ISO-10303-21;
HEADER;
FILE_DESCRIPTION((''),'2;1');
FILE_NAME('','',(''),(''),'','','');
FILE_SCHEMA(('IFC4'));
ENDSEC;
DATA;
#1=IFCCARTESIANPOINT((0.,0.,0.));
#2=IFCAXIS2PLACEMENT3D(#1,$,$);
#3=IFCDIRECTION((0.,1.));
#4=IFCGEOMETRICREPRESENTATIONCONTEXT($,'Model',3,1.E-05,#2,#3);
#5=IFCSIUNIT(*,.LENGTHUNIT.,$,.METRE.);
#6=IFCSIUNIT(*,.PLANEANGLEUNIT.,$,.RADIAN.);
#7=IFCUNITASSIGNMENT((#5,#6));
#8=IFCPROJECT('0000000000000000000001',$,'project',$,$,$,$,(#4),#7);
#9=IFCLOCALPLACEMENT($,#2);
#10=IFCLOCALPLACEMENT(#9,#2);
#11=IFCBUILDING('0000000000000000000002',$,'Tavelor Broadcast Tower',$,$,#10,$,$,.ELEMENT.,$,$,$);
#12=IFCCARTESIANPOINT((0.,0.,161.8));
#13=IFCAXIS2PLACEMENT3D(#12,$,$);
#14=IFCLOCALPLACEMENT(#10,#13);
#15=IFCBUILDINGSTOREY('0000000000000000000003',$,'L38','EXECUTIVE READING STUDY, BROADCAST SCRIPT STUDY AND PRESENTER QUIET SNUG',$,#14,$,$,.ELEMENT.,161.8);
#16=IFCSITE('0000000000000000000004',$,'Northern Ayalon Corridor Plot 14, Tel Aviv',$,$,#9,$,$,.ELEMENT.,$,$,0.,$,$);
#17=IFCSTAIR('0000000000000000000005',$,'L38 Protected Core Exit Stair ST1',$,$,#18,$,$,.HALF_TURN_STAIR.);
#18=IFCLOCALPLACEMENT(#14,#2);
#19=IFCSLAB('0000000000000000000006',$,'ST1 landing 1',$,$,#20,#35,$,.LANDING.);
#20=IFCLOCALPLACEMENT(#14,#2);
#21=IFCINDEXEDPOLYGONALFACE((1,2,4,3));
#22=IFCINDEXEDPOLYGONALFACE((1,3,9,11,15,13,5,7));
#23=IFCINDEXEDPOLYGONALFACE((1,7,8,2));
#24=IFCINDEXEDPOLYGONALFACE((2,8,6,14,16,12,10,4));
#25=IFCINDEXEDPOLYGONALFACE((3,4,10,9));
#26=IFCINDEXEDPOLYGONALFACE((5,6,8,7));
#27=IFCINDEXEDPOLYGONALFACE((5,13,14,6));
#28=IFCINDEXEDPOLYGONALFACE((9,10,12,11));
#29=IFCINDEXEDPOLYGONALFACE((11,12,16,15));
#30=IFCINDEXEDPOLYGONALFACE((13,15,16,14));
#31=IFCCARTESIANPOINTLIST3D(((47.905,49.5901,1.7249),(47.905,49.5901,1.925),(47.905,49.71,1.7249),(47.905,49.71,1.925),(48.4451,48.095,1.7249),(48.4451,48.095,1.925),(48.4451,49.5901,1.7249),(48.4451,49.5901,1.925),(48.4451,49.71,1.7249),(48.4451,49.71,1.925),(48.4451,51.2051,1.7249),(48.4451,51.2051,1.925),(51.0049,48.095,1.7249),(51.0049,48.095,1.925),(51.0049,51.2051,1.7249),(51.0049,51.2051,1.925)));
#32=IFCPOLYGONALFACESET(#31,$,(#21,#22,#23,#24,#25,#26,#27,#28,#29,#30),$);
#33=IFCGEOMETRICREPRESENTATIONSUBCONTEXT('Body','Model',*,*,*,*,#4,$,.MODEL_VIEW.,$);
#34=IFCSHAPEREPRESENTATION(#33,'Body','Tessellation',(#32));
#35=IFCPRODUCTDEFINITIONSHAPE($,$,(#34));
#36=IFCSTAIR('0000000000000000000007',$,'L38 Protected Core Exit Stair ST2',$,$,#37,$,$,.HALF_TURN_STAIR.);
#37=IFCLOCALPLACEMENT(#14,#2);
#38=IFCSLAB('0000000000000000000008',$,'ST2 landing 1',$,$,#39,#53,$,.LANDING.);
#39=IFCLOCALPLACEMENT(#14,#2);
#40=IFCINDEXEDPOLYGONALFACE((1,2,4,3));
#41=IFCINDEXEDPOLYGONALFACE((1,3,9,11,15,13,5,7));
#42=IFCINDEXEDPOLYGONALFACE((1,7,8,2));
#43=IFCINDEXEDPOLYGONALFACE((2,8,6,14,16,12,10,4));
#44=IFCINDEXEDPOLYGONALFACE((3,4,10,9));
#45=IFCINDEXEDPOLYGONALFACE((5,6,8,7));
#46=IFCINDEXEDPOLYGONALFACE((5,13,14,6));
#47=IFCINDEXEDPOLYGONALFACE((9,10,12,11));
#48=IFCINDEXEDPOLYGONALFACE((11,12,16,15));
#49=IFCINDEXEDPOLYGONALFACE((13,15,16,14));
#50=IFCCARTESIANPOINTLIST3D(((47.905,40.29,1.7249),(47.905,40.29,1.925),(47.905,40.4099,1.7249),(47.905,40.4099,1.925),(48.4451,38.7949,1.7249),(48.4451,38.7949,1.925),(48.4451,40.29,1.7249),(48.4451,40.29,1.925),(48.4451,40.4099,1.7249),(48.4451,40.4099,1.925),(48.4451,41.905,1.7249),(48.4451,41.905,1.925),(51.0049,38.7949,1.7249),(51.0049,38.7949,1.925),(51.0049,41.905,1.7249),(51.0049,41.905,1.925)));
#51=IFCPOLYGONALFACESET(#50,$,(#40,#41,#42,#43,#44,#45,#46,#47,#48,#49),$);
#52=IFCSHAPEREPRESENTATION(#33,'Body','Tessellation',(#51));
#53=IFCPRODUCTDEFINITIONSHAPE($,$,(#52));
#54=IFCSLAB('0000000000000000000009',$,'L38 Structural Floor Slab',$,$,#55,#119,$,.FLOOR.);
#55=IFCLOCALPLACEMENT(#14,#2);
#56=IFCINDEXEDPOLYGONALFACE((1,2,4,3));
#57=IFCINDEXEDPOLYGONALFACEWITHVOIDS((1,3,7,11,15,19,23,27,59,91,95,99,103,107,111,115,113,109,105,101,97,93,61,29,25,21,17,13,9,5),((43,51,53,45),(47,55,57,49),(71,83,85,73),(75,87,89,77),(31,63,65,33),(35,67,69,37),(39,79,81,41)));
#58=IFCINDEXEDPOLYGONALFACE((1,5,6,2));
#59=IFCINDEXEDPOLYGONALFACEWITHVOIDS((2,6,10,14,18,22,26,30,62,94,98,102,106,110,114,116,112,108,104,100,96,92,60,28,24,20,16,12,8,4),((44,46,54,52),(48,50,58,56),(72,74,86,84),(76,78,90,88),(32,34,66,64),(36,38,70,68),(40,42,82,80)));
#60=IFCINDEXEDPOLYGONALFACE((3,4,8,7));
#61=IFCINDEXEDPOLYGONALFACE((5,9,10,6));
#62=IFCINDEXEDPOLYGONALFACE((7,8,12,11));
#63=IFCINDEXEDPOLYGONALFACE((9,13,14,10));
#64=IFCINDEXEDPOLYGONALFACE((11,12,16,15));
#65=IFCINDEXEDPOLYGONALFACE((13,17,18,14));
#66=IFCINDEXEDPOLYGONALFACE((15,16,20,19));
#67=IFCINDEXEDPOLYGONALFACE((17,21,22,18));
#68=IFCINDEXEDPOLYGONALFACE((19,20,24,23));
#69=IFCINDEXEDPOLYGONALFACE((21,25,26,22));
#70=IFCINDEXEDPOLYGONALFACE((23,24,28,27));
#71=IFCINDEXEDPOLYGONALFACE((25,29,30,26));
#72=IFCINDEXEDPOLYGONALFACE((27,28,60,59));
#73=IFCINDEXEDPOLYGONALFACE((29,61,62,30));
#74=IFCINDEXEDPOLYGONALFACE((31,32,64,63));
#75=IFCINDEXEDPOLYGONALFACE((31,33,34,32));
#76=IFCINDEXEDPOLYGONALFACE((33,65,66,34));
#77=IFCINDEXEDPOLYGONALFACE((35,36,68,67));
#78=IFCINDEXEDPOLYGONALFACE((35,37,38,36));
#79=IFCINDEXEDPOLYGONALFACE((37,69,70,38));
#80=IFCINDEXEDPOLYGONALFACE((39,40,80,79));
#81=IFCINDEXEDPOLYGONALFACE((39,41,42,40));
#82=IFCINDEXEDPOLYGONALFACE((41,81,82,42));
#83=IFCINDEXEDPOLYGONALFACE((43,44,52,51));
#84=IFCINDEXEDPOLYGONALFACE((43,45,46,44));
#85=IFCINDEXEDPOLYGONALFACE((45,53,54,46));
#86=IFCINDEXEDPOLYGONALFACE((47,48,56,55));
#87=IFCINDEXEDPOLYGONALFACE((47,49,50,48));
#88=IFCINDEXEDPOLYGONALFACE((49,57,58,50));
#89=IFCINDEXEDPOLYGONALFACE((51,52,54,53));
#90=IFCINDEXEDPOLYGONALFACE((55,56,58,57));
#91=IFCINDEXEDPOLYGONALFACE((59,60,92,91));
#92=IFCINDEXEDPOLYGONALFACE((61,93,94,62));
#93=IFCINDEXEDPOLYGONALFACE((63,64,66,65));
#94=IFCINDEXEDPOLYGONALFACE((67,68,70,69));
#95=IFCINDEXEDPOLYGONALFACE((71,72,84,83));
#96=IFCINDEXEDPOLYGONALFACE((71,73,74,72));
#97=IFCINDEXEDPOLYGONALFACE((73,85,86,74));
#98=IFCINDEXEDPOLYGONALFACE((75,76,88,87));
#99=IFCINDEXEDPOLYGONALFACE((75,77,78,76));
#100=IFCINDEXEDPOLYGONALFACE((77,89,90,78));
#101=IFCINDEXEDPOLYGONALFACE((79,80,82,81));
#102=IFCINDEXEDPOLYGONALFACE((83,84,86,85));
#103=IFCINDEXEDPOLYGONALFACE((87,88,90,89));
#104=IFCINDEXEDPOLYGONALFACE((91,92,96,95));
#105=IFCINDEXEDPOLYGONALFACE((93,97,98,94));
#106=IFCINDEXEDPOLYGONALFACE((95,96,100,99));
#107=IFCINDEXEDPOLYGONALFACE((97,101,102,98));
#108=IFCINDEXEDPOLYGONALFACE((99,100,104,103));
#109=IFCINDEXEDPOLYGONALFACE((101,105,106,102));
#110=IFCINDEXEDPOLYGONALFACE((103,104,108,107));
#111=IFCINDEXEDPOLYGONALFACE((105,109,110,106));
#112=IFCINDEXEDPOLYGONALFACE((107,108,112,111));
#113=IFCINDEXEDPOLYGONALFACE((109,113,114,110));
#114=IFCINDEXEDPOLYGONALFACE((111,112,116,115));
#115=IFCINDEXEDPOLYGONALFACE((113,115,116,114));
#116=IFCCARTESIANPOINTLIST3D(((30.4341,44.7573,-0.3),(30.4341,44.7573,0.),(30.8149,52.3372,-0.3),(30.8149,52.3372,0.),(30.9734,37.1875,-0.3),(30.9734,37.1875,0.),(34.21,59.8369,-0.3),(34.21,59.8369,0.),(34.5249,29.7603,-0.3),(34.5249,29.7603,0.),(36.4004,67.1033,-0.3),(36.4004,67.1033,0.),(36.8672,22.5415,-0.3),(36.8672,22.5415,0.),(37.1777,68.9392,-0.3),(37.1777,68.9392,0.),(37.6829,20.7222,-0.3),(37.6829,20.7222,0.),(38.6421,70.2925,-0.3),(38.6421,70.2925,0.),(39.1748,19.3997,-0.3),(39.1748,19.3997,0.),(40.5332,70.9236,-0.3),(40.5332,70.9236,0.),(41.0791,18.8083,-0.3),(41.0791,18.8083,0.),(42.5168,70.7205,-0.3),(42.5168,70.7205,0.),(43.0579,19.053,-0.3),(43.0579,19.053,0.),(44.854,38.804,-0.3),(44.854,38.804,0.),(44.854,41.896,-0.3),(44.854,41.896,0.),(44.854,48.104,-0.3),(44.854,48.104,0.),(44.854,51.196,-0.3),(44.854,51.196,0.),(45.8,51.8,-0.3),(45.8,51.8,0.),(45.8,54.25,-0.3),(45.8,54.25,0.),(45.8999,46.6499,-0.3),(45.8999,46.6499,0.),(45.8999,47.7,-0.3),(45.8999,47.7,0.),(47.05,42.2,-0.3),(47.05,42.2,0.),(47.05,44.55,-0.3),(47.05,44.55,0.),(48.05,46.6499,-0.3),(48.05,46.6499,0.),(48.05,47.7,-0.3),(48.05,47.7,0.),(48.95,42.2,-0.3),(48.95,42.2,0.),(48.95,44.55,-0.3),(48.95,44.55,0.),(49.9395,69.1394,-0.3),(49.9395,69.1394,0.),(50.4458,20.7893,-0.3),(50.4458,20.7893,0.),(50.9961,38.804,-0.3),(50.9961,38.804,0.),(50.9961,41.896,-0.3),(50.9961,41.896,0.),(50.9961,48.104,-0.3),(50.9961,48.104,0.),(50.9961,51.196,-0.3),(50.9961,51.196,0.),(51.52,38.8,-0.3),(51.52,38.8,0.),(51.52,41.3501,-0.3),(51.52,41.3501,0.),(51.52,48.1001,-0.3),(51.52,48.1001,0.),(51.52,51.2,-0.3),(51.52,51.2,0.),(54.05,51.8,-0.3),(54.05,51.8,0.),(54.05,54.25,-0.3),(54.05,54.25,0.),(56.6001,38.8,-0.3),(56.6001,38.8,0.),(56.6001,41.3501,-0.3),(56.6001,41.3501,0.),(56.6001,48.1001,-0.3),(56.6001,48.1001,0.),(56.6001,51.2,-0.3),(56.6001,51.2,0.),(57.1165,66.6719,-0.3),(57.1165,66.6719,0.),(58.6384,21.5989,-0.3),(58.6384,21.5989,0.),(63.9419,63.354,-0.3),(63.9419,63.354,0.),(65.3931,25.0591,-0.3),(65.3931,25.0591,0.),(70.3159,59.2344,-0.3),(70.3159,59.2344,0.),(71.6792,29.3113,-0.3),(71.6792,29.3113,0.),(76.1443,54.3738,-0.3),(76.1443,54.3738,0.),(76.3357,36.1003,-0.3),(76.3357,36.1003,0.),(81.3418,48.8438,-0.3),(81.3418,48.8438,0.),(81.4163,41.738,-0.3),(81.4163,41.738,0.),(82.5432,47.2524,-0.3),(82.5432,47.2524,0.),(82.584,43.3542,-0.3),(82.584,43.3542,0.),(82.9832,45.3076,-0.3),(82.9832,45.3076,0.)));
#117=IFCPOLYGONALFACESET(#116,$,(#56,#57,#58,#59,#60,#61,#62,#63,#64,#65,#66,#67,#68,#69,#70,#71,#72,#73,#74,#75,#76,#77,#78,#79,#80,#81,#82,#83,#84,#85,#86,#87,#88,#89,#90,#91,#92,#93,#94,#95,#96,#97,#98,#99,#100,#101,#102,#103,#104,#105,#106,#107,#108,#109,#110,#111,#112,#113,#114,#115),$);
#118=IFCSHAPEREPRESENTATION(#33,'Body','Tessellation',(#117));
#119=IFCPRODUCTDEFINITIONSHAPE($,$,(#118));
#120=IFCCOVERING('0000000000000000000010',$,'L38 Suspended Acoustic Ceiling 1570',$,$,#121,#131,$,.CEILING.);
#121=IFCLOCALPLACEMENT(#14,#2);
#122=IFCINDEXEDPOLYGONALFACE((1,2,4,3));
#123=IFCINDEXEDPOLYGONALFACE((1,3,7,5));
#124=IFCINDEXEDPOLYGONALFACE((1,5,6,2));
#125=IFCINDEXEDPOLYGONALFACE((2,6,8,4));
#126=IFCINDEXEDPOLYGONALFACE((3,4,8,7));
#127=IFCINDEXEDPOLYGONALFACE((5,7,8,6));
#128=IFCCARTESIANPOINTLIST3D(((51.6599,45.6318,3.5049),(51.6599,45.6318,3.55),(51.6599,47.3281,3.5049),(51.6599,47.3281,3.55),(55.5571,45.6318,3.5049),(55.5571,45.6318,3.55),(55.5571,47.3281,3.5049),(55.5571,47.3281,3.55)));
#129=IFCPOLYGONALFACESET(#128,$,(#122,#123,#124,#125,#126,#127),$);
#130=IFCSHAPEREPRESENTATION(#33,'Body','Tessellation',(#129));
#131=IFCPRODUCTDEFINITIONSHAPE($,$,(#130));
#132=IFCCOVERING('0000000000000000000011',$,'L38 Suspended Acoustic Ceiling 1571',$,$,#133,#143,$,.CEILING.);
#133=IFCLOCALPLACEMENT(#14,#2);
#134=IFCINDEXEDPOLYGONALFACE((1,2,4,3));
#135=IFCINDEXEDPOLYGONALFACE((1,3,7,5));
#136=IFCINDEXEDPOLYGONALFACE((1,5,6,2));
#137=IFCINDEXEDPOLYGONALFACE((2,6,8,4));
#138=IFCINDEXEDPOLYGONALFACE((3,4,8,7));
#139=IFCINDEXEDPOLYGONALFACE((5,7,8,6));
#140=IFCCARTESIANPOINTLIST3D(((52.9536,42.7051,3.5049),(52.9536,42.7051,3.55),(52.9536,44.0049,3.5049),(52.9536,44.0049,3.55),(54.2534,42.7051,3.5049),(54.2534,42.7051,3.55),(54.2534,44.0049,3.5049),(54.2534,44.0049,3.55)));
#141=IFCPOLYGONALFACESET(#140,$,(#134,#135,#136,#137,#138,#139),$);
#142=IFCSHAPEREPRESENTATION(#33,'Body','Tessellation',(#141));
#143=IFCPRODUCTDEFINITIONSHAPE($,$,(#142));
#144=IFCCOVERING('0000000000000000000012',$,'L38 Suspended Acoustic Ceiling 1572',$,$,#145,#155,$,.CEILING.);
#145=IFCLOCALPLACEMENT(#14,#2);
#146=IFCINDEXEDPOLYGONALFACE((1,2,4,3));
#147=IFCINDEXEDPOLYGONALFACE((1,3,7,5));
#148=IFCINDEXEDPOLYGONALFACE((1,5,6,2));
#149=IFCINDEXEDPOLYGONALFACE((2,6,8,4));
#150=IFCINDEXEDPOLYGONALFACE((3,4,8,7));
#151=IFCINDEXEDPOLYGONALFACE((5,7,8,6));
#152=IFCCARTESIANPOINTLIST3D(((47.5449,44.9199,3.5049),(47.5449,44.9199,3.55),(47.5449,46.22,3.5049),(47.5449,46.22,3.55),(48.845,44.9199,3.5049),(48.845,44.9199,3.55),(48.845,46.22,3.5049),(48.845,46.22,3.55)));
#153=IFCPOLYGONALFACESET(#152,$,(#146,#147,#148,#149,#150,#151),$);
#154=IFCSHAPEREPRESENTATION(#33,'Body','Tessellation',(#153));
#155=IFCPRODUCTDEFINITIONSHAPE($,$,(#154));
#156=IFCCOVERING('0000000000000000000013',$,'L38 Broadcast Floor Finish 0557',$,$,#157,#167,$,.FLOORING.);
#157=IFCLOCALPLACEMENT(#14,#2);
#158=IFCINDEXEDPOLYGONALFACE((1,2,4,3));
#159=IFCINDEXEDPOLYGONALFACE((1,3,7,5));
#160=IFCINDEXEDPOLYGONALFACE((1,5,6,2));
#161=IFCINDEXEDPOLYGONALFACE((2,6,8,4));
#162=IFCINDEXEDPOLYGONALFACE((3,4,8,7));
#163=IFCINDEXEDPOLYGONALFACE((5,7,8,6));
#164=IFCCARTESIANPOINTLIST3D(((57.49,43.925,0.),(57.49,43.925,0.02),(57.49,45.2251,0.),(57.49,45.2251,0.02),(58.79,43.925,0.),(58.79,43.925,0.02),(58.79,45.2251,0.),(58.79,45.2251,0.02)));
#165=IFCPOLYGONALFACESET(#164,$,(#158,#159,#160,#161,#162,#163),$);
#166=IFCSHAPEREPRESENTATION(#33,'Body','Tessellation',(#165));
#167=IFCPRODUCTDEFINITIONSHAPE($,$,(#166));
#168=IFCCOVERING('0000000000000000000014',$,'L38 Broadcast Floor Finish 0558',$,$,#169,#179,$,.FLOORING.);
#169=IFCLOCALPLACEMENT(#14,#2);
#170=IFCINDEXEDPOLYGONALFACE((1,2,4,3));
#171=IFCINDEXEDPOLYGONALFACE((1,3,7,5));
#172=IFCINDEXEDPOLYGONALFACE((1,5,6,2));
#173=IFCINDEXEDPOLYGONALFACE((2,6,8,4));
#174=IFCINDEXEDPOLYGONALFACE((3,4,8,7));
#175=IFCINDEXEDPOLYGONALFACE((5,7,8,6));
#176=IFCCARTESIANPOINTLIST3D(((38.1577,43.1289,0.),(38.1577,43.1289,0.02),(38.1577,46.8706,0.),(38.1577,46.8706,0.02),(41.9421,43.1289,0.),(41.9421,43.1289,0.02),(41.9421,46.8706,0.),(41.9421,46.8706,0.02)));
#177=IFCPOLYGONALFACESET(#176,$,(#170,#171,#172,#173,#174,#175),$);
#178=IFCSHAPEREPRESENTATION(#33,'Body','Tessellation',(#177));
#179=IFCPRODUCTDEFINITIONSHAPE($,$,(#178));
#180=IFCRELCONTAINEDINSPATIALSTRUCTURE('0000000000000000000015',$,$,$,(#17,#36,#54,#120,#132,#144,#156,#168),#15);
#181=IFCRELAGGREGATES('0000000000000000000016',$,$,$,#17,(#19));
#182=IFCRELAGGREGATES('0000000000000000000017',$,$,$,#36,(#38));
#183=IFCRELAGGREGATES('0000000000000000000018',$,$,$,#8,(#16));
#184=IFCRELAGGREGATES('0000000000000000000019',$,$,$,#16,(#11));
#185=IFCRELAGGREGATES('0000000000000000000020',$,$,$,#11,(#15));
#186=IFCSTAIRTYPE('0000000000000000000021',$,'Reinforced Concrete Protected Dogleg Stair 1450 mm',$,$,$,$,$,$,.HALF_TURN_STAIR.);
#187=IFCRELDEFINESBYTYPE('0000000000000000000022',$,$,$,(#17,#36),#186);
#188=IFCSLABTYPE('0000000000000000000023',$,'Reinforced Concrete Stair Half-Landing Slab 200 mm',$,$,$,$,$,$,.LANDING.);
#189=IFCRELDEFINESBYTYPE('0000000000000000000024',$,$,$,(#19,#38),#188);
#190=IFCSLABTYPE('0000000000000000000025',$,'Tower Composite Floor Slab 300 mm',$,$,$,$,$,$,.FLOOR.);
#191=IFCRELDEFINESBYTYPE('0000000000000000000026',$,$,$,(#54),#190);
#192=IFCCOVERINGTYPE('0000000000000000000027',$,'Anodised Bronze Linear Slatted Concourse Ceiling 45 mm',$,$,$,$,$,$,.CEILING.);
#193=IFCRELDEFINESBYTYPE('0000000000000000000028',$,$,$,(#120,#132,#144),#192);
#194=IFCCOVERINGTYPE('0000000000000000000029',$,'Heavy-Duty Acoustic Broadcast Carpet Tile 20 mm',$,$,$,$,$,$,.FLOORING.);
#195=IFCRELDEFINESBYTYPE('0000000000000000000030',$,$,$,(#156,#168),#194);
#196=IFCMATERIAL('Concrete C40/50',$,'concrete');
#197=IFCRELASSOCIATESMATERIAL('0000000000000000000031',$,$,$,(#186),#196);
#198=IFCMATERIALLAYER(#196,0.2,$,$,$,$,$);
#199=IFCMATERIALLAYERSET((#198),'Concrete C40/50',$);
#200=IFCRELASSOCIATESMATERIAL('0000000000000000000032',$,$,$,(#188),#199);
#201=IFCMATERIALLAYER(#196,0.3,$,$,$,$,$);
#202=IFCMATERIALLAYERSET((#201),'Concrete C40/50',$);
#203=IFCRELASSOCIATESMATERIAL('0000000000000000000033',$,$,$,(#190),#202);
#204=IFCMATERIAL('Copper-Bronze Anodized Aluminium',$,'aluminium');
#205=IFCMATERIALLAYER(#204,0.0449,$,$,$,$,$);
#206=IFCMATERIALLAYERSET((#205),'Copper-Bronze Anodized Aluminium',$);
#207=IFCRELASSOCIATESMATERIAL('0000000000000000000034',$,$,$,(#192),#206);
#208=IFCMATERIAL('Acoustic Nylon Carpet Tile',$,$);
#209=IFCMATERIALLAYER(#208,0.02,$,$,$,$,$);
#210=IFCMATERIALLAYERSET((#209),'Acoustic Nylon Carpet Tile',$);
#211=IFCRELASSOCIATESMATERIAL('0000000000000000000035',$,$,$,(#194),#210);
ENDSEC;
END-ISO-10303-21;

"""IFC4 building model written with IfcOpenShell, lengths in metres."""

from ifc_helpers import new_model, si_unit, direction, frame, origin, place, context, subcontext, project, spatial, polyline, outline, extrude, material, layer, layer_set, type_object, element, aggregate, save


model = new_model("IFC4")

# Units and contexts
model_context = context("Model", 3, precision=1e-05, world=origin(), true_north=direction((0.0, 1.0)))
body_context = subcontext(model_context, "Body", "Model", "MODEL_VIEW")
ifc_project = project(units=[si_unit("LENGTHUNIT", "METRE"), si_unit("PLANEANGLEUNIT", "RADIAN")], contexts=[model_context])

# Site, building, storey
site_placement = place(None, origin())
site = spatial("IfcSite", under=ifc_project, at=site_placement, Name="Northern Ayalon Corridor Plot 14, Tel Aviv", CompositionType="ELEMENT", RefElevation=0.0)
building_placement = place(site_placement, origin())
building = spatial("IfcBuilding", under=site, at=building_placement, Name="Tavelor Broadcast Tower", CompositionType="ELEMENT")
storey_placement = place(building_placement, frame((0.0, 0.0, 161.8)))
storey = spatial("IfcBuildingStorey", under=building, at=storey_placement, Name="L38", Description="EXECUTIVE READING STUDY, BROADCAST SCRIPT STUDY AND PRESENTER QUIET SNUG", CompositionType="ELEMENT", Elevation=161.8)

# Stairs, slabs
ifc_material_1 = material(Name="Concrete C40/50", Category="concrete")
stair_type = type_object("IfcStairType", Name="Reinforced Concrete Protected Dogleg Stair 1450 mm", PredefinedType="HALF_TURN_STAIR", material=ifc_material_1)
stair_1_placement = place(storey_placement, origin())
stair_1 = element("IfcStair", 1, at=stair_1_placement, inside=storey, type_object=stair_type, Name="L38 Protected Core Exit Stair ST1", PredefinedType="HALF_TURN_STAIR")
ifc_layer_1 = layer(ifc_material_1, 0.2)
ifc_layer_set_1 = layer_set([ifc_layer_1], Name="Concrete C40/50")
slab_type_1 = type_object("IfcSlabType", Name="Reinforced Concrete Stair Half-Landing Slab 200 mm", PredefinedType="LANDING", material=ifc_layer_set_1)
slab_1_placement = place(storey_placement, frame((0.0, 0.0, 1.7249)))
slab_1 = element("IfcSlab", 2, at=slab_1_placement, type_object=slab_type_1, Name="ST1 landing 1", PredefinedType="LANDING", context=body_context, shape_type="SweptSolid", body=[
    extrude(outline(polyline([(48.4451, 49.5901), (48.4451, 48.095), (51.0049, 48.095), (51.0049, 51.2051), (48.4451, 51.2051), (48.4451, 49.71), (47.905, 49.71), (47.905, 49.5901), (48.4451, 49.5901)])), origin(), (0.0, 0.0, 1.0), 0.2002),
])
aggregate(stair_1, [slab_1])
stair_2_placement = place(storey_placement, origin())
stair_2 = element("IfcStair", 3, at=stair_2_placement, inside=storey, type_object=stair_type, Name="L38 Protected Core Exit Stair ST2", PredefinedType="HALF_TURN_STAIR")
slab_2_placement = place(storey_placement, frame((0.0, 0.0, 1.7249)))
slab_2 = element("IfcSlab", 4, at=slab_2_placement, type_object=slab_type_1, Name="ST2 landing 1", PredefinedType="LANDING", context=body_context, shape_type="SweptSolid", body=[
    extrude(outline(polyline([(48.4451, 40.29), (48.4451, 38.7949), (51.0049, 38.7949), (51.0049, 41.905), (48.4451, 41.905), (48.4451, 40.4099), (47.905, 40.4099), (47.905, 40.29), (48.4451, 40.29)])), origin(), (0.0, 0.0, 1.0), 0.2002),
])
aggregate(stair_2, [slab_2])

# Slab
ifc_layer_2 = layer(ifc_material_1, 0.3)
ifc_layer_set_2 = layer_set([ifc_layer_2], Name="Concrete C40/50")
slab_type_2 = type_object("IfcSlabType", Name="Tower Composite Floor Slab 300 mm", PredefinedType="FLOOR", material=ifc_layer_set_2)
slab_3_placement = place(storey_placement, frame((0.0, 0.0, -0.3)))
element("IfcSlab", 5, at=slab_3_placement, inside=storey, type_object=slab_type_2, Name="L38 Structural Floor Slab", PredefinedType="FLOOR", context=body_context, shape_type="SweptSolid", body=[
    extrude(outline(polyline([(42.5168, 70.7205), (40.5332, 70.9236), (38.6421, 70.2925), (37.1777, 68.9392), (36.4004, 67.1033), (34.21, 59.8369), (30.8149, 52.3372), (30.4341, 44.7573), (30.9734, 37.1875), (34.5249, 29.7603), (36.8672, 22.5415), (37.6829, 20.7222), (39.1748, 19.3997), (41.0791, 18.8083), (43.0579, 19.053), (50.4458, 20.7893), (58.6384, 21.5989), (65.3931, 25.0591), (71.6792, 29.3113), (76.3357, 36.1003), (81.4163, 41.738), (82.584, 43.3542), (82.9832, 45.3076), (82.5432, 47.2524), (81.3418, 48.8438), (76.1443, 54.3738), (70.3159, 59.2344), (63.9419, 63.354), (57.1165, 66.6719), (49.9395, 69.1394), (42.5168, 70.7205)]), holes=[polyline([(56.6001, 41.3501), (56.6001, 38.8), (51.52, 38.8), (51.52, 41.3501), (56.6001, 41.3501)]), polyline([(50.9961, 38.804), (44.854, 38.804), (44.854, 41.896), (50.9961, 41.896), (50.9961, 38.804)]), polyline([(47.05, 42.2), (47.05, 44.55), (48.95, 44.55), (48.95, 42.2), (47.05, 42.2)]), polyline([(48.05, 46.6499), (45.8999, 46.6499), (45.8999, 47.7), (48.05, 47.7), (48.05, 46.6499)]), polyline([(50.9961, 48.104), (44.854, 48.104), (44.854, 51.196), (50.9961, 51.196), (50.9961, 48.104)]), polyline([(56.6001, 48.1001), (51.52, 48.1001), (51.52, 51.2), (56.6001, 51.2), (56.6001, 48.1001)]), polyline([(54.05, 51.8), (45.8, 51.8), (45.8, 54.25), (54.05, 54.25), (54.05, 51.8)])]), origin(), (0.0, 0.0, 1.0), 0.3),
])

# Coverings
ifc_material_2 = material(Name="Copper-Bronze Anodized Aluminium", Category="aluminium")
ifc_layer_3 = layer(ifc_material_2, 0.0449)
ifc_layer_set_3 = layer_set([ifc_layer_3], Name="Copper-Bronze Anodized Aluminium")
covering_type_1 = type_object("IfcCoveringType", Name="Anodised Bronze Linear Slatted Concourse Ceiling 45 mm", PredefinedType="CEILING", material=ifc_layer_set_3)
covering_1_placement = place(storey_placement, frame((0.0, 0.0, 3.5049)))
element("IfcCovering", 6, at=covering_1_placement, inside=storey, type_object=covering_type_1, Name="L38 Suspended Acoustic Ceiling 1570", PredefinedType="CEILING", context=body_context, shape_type="SweptSolid", body=[
    extrude(outline(polyline([(51.6599, 45.6318), (55.5571, 45.6318), (55.5571, 47.3281), (51.6599, 47.3281), (51.6599, 45.6318)])), origin(), (0.0, 0.0, 1.0), 0.0452),
])
covering_2_placement = place(storey_placement, frame((0.0, 0.0, 3.5049)))
element("IfcCovering", 7, at=covering_2_placement, inside=storey, type_object=covering_type_1, Name="L38 Suspended Acoustic Ceiling 1571", PredefinedType="CEILING", context=body_context, shape_type="SweptSolid", body=[
    extrude(outline(polyline([(52.9536, 42.7051), (54.2534, 42.7051), (54.2534, 44.0049), (52.9536, 44.0049), (52.9536, 42.7051)])), origin(), (0.0, 0.0, 1.0), 0.0452),
])
covering_3_placement = place(storey_placement, frame((0.0, 0.0, 3.5049)))
element("IfcCovering", 8, at=covering_3_placement, inside=storey, type_object=covering_type_1, Name="L38 Suspended Acoustic Ceiling 1572", PredefinedType="CEILING", context=body_context, shape_type="SweptSolid", body=[
    extrude(outline(polyline([(47.5449, 44.9199), (48.845, 44.9199), (48.845, 46.22), (47.5449, 46.22), (47.5449, 44.9199)])), origin(), (0.0, 0.0, 1.0), 0.0452),
])
ifc_material_3 = material(Name="Acoustic Nylon Carpet Tile")
ifc_layer_4 = layer(ifc_material_3, 0.02)
ifc_layer_set_4 = layer_set([ifc_layer_4], Name="Acoustic Nylon Carpet Tile")
covering_type_2 = type_object("IfcCoveringType", Name="Heavy-Duty Acoustic Broadcast Carpet Tile 20 mm", PredefinedType="FLOORING", material=ifc_layer_set_4)
covering_4_placement = place(storey_placement, origin())
element("IfcCovering", 9, at=covering_4_placement, inside=storey, type_object=covering_type_2, Name="L38 Broadcast Floor Finish 0557", PredefinedType="FLOORING", context=body_context, shape_type="SweptSolid", body=[
    extrude(outline(polyline([(57.49, 43.925), (58.79, 43.925), (58.79, 45.2251), (57.49, 45.2251), (57.49, 43.925)])), origin(), (0.0, 0.0, 1.0), 0.02),
])
covering_5_placement = place(storey_placement, origin())
element("IfcCovering", 10, at=covering_5_placement, inside=storey, type_object=covering_type_2, Name="L38 Broadcast Floor Finish 0558", PredefinedType="FLOORING", context=body_context, shape_type="SweptSolid", body=[
    extrude(outline(polyline([(38.1577, 43.1289), (41.9421, 43.1289), (41.9421, 46.8706), (38.1577, 46.8706), (38.1577, 43.1289)])), origin(), (0.0, 0.0, 1.0), 0.02),
])

save(model, "model.ifc")
